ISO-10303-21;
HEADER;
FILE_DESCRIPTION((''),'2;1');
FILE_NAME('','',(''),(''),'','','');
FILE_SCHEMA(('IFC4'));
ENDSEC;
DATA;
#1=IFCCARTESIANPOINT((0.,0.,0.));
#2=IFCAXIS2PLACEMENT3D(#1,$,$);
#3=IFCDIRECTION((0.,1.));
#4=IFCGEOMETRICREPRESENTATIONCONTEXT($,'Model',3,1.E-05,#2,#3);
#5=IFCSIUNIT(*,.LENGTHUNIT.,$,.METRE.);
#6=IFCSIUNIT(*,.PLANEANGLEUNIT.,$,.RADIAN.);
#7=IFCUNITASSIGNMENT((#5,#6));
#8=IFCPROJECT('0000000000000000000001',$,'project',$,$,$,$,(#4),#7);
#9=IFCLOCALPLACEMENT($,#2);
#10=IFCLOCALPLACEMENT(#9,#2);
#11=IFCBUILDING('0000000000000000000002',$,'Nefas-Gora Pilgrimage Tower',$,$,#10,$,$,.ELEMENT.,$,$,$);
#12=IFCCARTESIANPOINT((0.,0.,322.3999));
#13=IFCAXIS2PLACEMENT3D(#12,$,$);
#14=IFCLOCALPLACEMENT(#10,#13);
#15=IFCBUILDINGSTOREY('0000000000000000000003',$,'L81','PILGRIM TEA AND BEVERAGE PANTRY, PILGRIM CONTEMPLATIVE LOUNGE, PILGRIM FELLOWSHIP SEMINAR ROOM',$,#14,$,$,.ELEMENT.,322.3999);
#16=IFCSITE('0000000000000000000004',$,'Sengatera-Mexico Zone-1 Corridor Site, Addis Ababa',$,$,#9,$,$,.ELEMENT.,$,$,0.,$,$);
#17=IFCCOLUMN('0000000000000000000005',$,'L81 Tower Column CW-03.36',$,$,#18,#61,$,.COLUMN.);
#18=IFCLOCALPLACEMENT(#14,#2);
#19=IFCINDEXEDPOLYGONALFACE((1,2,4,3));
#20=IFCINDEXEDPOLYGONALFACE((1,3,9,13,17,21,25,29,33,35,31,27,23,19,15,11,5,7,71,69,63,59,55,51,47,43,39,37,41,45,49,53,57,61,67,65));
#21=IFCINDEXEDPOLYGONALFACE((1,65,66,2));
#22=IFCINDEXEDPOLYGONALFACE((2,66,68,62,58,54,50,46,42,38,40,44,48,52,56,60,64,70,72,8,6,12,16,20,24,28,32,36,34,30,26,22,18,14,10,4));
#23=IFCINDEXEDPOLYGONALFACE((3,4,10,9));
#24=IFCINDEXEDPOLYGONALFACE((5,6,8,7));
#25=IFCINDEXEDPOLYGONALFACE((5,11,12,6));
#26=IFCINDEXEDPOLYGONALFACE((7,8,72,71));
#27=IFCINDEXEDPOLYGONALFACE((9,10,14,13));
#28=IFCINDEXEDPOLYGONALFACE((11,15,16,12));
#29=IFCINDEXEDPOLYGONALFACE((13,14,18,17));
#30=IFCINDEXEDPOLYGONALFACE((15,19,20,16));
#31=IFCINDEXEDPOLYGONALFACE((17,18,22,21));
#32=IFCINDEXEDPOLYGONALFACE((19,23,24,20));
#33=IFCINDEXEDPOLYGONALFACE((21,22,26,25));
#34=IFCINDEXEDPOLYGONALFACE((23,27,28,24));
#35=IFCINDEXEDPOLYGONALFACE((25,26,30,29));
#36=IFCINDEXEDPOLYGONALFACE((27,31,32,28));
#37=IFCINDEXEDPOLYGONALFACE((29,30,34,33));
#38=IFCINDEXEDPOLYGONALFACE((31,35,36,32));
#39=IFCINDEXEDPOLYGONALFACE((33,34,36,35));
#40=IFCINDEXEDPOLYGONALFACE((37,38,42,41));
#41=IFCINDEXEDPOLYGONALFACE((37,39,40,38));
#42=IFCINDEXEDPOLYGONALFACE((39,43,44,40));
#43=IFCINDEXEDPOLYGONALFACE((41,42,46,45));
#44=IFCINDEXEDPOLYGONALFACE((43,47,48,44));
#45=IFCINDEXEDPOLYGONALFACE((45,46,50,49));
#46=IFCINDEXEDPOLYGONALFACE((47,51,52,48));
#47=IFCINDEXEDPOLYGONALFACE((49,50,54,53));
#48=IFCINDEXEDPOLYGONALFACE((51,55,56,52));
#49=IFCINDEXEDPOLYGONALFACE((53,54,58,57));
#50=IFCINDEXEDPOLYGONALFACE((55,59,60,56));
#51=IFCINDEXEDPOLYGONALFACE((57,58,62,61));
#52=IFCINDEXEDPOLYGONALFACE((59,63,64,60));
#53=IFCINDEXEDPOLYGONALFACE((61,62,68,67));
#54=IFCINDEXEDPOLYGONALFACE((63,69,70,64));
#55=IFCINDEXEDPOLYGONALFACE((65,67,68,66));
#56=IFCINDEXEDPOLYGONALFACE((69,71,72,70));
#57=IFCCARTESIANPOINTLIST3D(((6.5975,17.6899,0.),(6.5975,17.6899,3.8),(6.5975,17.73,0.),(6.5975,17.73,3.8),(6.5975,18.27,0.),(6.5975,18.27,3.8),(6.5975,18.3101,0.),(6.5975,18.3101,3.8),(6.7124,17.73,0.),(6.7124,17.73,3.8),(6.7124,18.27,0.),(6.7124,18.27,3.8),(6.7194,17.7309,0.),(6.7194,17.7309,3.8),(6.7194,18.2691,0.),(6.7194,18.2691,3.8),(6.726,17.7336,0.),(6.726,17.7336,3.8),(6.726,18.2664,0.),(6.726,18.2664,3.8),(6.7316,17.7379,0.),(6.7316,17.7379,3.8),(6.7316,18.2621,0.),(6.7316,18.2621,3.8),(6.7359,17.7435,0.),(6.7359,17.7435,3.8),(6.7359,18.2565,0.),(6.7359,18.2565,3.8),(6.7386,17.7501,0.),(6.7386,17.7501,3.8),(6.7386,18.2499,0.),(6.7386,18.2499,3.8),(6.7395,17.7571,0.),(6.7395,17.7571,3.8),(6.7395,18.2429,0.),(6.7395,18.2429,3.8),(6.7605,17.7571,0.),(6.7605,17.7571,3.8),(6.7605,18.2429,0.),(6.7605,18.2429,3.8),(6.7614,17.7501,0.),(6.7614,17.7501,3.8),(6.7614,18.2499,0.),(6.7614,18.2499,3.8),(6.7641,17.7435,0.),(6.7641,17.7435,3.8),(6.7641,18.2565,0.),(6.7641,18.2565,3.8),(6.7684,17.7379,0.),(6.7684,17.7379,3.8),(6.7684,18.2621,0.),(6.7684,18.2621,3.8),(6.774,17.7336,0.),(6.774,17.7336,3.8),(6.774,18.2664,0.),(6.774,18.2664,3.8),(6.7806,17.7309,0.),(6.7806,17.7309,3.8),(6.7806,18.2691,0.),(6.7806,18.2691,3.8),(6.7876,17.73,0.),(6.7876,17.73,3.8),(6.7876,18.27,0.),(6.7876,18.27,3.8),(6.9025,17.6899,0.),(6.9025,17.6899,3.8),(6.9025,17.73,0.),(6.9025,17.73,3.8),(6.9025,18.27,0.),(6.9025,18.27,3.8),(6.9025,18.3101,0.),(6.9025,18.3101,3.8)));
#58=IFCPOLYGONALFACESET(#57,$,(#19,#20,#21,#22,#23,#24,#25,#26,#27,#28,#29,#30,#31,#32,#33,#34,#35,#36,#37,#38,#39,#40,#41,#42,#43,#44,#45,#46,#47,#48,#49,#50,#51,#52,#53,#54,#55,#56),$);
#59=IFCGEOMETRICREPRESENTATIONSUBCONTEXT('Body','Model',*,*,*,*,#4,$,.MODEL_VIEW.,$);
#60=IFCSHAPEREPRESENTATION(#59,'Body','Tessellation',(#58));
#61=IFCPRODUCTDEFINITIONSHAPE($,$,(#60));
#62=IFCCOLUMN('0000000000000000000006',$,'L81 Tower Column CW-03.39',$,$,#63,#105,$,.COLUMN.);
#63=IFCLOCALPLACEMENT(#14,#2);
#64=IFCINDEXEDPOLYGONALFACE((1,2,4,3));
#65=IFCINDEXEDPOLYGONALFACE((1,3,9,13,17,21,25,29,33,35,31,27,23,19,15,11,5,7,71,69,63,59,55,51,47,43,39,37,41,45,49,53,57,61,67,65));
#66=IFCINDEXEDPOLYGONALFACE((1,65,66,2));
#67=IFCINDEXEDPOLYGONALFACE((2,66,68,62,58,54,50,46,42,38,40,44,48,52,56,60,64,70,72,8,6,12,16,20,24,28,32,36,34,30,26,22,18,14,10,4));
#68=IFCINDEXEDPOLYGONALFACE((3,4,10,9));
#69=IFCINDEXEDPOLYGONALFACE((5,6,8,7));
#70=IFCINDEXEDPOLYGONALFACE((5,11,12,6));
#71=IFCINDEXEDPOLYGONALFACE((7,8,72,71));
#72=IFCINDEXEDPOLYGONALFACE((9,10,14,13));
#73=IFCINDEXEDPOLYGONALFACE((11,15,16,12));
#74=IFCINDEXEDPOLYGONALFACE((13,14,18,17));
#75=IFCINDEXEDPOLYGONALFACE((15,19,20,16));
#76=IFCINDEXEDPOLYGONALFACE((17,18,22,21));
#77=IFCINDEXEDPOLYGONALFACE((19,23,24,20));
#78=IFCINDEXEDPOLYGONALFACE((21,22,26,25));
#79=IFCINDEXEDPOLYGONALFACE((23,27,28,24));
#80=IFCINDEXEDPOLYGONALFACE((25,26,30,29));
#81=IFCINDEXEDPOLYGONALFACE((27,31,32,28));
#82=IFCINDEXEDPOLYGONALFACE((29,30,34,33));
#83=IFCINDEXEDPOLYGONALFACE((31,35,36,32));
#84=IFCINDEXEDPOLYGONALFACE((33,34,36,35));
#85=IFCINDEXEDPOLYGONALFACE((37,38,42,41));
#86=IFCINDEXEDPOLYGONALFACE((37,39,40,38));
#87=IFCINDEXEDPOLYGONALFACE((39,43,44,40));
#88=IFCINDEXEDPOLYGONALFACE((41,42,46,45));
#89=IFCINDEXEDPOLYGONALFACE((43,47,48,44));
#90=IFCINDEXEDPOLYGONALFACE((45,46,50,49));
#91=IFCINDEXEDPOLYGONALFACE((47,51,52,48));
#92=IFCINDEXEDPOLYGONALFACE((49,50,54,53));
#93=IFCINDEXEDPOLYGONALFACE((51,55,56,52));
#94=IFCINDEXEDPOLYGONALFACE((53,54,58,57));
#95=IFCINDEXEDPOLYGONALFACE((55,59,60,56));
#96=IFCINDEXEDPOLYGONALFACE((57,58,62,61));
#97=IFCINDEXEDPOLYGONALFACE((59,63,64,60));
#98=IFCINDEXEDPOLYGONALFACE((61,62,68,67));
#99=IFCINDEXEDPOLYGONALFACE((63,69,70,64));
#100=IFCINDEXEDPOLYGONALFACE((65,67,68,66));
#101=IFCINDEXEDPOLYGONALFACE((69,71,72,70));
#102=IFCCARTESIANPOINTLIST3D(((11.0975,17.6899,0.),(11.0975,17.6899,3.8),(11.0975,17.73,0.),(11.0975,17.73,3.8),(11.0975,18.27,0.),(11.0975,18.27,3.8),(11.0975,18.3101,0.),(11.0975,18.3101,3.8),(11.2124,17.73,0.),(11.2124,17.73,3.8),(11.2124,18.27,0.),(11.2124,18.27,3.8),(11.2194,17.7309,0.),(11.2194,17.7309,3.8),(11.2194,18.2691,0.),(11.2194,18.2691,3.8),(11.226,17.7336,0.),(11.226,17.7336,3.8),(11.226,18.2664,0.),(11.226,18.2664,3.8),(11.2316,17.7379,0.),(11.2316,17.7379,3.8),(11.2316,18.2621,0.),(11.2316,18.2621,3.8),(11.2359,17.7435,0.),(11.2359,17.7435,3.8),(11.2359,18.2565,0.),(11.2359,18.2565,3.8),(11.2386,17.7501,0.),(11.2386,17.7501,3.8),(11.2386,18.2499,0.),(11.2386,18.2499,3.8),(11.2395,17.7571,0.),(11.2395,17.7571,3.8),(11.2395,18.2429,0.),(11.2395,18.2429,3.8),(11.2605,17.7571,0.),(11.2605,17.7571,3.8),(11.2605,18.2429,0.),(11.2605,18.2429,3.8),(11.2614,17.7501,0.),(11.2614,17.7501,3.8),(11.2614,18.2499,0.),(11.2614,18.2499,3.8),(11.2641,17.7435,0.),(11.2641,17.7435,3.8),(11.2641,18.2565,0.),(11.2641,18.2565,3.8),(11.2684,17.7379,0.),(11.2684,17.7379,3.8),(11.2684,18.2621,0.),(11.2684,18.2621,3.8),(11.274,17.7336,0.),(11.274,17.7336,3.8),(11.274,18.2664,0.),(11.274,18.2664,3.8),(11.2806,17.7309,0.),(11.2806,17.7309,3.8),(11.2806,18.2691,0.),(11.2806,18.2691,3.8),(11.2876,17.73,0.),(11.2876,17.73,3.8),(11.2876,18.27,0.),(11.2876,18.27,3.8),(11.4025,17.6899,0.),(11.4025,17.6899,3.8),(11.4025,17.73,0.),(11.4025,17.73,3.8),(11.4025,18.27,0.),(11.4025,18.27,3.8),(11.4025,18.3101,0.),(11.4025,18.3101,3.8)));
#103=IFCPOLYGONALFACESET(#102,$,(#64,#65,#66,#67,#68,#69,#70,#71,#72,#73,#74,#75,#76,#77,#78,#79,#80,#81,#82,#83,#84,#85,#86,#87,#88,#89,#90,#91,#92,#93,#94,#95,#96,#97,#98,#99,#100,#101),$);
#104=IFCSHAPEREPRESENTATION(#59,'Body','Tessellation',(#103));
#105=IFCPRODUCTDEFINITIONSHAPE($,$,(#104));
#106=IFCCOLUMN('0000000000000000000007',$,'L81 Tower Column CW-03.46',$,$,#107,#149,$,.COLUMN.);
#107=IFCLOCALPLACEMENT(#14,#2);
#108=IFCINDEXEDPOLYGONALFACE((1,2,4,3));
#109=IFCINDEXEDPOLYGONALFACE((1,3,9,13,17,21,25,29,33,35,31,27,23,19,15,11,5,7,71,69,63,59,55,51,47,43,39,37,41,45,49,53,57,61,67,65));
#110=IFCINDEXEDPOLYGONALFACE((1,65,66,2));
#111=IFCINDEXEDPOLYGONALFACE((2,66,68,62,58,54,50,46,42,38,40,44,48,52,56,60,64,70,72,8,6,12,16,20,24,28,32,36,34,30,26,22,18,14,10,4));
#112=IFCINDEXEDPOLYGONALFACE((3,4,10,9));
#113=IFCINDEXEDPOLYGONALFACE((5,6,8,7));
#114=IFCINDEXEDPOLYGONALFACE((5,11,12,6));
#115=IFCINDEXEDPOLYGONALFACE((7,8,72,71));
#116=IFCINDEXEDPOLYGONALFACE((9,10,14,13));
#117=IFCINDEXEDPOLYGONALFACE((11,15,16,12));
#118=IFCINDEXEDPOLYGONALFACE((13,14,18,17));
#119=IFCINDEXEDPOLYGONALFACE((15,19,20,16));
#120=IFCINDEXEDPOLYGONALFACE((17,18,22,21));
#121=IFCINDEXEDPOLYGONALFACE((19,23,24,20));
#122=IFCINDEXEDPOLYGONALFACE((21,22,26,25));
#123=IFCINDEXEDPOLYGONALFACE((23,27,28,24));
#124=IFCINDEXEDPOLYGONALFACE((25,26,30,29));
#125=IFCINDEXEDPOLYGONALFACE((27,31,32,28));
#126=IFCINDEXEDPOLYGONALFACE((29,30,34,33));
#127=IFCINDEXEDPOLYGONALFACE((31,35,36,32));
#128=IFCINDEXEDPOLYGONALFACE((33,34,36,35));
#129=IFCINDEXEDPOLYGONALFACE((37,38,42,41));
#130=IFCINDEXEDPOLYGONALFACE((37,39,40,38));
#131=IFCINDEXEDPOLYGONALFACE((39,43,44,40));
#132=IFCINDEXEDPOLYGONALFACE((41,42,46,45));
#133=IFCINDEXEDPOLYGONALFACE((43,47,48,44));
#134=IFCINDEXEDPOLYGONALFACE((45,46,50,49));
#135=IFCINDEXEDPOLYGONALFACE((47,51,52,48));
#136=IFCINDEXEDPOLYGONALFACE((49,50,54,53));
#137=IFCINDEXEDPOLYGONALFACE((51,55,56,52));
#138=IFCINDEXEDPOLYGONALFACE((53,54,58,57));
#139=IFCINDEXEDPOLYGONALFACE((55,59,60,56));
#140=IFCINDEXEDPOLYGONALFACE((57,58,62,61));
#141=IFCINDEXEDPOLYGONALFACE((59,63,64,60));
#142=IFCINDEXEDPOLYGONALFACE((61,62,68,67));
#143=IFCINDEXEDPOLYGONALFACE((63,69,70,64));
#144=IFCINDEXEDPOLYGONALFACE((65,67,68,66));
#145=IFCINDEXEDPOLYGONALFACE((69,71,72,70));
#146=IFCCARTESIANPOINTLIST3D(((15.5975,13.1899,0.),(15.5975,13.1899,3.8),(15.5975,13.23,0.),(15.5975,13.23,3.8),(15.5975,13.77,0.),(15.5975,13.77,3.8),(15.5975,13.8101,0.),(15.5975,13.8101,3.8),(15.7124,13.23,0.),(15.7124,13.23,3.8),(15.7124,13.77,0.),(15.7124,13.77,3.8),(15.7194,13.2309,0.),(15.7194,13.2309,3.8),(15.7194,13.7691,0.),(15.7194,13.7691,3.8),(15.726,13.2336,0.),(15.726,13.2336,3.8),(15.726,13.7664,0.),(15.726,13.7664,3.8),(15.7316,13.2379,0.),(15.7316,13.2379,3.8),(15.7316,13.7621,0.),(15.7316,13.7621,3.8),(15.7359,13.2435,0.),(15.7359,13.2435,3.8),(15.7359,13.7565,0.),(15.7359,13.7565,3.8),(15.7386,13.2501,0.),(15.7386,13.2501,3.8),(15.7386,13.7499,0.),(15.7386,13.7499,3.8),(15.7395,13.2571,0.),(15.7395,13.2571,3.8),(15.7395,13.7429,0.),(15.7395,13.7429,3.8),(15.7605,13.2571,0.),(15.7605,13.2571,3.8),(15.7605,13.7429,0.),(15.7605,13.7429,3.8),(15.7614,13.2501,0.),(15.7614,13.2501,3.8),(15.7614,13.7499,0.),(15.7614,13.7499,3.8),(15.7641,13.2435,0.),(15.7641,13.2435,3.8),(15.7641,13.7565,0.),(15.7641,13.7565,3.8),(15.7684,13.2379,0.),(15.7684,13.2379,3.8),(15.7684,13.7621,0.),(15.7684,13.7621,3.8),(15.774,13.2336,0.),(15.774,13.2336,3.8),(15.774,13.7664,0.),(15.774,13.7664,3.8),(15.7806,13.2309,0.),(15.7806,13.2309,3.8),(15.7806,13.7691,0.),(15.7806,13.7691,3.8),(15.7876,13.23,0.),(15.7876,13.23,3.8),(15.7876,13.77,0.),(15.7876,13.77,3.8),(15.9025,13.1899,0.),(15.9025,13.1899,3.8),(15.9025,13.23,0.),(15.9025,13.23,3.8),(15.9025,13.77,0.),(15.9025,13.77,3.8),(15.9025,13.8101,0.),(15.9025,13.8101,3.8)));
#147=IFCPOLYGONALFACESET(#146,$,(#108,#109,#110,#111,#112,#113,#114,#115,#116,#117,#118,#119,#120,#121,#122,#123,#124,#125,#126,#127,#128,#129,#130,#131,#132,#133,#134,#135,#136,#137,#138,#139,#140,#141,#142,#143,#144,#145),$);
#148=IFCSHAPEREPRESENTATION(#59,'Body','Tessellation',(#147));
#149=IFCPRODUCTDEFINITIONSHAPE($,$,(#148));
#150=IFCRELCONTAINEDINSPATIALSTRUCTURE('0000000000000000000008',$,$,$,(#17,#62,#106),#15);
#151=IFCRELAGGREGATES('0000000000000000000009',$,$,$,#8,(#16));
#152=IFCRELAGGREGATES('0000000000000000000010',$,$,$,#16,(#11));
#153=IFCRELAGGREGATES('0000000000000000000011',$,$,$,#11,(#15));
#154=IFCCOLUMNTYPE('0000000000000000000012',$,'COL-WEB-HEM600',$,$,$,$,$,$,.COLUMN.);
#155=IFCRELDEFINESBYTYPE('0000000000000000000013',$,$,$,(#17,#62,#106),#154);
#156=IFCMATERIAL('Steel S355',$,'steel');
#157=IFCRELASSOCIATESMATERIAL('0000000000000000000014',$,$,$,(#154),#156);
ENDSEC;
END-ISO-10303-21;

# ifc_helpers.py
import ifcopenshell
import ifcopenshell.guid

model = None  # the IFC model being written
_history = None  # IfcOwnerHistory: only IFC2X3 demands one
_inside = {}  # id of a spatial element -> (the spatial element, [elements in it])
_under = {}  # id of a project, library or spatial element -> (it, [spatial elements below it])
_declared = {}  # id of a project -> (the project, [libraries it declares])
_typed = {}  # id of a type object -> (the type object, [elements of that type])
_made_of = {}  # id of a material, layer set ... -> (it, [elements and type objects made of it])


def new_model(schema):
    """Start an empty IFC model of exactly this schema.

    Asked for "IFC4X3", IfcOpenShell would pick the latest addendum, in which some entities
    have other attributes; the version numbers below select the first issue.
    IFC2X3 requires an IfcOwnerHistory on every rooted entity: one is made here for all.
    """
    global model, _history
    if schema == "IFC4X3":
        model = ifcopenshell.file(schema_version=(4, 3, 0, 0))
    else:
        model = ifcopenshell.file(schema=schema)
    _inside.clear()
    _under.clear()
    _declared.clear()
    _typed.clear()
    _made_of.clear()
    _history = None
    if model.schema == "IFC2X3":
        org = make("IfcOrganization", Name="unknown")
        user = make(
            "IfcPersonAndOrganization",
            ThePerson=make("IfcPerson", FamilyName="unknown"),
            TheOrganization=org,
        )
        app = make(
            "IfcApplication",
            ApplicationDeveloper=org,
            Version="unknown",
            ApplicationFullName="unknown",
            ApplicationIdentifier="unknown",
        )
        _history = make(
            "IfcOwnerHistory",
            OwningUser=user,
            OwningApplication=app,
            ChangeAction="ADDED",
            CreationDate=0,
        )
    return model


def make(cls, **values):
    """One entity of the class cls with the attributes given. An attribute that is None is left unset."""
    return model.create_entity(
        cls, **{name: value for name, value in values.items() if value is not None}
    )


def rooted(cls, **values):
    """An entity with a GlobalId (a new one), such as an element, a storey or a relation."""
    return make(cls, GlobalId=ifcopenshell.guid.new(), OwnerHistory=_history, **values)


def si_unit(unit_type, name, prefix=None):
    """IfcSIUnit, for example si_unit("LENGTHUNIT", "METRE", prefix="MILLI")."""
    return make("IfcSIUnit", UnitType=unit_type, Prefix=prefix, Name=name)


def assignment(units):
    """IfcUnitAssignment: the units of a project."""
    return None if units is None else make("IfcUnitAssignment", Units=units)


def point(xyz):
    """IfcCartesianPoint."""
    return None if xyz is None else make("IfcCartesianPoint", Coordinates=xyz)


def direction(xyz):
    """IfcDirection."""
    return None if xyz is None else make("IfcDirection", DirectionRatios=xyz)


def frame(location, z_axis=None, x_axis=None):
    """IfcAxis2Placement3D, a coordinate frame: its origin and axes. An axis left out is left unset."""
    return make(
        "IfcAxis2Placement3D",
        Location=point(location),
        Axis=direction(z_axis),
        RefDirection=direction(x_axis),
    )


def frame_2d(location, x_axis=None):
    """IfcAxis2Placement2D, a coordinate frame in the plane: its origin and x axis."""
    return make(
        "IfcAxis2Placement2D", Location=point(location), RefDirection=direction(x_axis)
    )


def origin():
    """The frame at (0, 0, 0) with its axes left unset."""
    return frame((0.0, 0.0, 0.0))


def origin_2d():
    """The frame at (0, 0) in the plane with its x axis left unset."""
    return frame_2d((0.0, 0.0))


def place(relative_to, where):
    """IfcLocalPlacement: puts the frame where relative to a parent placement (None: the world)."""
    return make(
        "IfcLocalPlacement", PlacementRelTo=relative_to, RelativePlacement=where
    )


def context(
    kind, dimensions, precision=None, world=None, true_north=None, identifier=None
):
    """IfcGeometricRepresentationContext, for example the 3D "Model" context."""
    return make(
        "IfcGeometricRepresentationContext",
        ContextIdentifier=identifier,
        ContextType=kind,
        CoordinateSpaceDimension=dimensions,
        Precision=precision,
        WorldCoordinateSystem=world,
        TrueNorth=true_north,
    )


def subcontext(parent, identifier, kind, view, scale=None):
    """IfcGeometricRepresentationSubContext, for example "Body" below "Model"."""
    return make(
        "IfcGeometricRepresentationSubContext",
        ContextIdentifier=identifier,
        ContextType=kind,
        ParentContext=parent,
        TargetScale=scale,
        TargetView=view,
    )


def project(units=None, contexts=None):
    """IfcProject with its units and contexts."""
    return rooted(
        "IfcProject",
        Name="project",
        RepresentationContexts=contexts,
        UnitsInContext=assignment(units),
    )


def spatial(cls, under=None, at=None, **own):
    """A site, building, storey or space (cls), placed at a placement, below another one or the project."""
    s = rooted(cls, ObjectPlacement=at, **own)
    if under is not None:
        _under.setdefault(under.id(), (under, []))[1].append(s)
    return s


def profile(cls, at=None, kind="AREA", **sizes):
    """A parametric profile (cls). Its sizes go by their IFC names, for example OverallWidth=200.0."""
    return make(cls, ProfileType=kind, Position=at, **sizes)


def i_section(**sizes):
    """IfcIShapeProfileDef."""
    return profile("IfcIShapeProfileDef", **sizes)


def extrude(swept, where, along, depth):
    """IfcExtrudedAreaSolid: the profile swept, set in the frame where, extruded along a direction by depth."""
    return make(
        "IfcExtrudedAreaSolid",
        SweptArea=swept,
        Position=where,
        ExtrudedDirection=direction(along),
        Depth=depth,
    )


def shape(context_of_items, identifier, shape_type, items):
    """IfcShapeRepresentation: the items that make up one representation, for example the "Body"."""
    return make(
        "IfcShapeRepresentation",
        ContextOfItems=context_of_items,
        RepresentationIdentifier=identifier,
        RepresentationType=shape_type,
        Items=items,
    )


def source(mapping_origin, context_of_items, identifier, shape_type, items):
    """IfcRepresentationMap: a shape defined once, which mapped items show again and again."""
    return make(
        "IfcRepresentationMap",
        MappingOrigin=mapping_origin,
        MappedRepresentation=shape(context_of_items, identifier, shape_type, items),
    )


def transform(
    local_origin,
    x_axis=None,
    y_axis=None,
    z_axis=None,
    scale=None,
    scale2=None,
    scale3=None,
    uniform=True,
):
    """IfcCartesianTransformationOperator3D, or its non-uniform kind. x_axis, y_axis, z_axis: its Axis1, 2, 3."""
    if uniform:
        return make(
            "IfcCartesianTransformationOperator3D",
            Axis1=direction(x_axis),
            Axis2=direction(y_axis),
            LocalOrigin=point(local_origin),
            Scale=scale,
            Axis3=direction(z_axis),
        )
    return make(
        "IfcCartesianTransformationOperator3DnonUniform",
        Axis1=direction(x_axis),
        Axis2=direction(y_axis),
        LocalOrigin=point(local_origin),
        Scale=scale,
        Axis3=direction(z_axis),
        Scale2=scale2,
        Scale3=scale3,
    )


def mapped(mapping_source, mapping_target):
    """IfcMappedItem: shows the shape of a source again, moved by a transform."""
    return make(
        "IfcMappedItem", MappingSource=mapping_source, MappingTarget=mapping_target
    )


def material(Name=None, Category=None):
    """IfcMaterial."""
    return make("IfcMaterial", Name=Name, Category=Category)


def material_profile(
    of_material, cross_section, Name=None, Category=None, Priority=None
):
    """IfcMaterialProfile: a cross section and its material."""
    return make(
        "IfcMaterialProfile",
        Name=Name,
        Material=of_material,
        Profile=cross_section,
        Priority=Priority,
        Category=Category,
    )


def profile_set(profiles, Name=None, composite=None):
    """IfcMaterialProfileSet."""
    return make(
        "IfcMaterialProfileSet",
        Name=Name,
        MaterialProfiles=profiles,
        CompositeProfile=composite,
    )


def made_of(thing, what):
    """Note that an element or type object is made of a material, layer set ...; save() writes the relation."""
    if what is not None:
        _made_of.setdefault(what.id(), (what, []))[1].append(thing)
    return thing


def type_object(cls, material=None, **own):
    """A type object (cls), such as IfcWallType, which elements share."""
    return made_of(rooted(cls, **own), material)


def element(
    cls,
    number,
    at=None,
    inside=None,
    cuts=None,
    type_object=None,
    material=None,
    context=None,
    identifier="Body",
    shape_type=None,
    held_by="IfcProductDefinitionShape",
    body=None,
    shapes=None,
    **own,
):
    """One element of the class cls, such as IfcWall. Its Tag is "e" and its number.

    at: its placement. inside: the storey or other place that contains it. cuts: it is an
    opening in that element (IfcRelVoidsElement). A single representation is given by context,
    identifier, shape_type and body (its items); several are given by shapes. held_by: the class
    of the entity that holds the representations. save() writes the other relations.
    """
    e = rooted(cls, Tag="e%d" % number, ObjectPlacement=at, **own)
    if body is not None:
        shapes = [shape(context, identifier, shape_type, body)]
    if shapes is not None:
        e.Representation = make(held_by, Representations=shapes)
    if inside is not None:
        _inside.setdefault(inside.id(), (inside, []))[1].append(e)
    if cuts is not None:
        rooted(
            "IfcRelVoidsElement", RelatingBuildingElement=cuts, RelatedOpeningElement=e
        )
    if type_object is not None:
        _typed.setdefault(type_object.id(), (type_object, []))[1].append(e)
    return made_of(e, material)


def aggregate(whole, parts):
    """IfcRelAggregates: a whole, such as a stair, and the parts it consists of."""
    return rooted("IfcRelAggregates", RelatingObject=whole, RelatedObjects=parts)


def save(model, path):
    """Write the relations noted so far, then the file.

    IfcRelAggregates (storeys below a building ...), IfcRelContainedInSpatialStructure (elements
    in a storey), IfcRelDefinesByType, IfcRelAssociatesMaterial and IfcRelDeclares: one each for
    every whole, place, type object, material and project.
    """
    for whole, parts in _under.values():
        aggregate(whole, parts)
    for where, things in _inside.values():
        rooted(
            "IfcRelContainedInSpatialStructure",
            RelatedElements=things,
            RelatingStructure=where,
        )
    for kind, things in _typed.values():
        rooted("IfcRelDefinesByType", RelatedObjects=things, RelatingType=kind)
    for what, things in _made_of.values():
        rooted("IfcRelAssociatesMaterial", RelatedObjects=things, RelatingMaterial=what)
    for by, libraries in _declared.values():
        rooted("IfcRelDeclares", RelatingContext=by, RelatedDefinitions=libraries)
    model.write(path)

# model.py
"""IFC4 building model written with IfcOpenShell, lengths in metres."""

from ifc_helpers import new_model, si_unit, direction, frame, origin, origin_2d, place, context, subcontext, project, spatial, i_section, extrude, source, transform, mapped, material, material_profile, profile_set, type_object, element, save


model = new_model("IFC4")

# Units and contexts
model_context = context("Model", 3, precision=1e-05, world=origin(), true_north=direction((0.0, 1.0)))
body_context = subcontext(model_context, "Body", "Model", "MODEL_VIEW")
ifc_project = project(units=[si_unit("LENGTHUNIT", "METRE"), si_unit("PLANEANGLEUNIT", "RADIAN")], contexts=[model_context])

# Site, building, storey
site_placement = place(None, origin())
site = spatial("IfcSite", under=ifc_project, at=site_placement, Name="Sengatera-Mexico Zone-1 Corridor Site, Addis Ababa", CompositionType="ELEMENT", RefElevation=0.0)
building_placement = place(site_placement, origin())
building = spatial("IfcBuilding", under=site, at=building_placement, Name="Nefas-Gora Pilgrimage Tower", CompositionType="ELEMENT")
storey_placement = place(building_placement, frame((0.0, 0.0, 322.3999)))
storey = spatial("IfcBuildingStorey", under=building, at=storey_placement, Name="L81", Description="PILGRIM TEA AND BEVERAGE PANTRY, PILGRIM CONTEMPLATIVE LOUNGE, PILGRIM FELLOWSHIP SEMINAR ROOM", CompositionType="ELEMENT", Elevation=322.3999)

# Columns
ifc_material_1 = material(Name="Steel S355", Category="steel")
ifc_material_profile_1 = material_profile(ifc_material_1, i_section(OverallWidth=0.3049, OverallDepth=0.6201, WebThickness=0.021, FlangeThickness=0.04, FilletRadius=0.0271, at=origin_2d()), Name="HEM 600")
ifc_profile_set_1 = profile_set([ifc_material_profile_1], Name="Steel S355")
column_type_1 = type_object("IfcColumnType", Name="COL-WEB-HEM600", PredefinedType="COLUMN", material=ifc_profile_set_1)
shared_shape_1 = source(origin(), body_context, "Body", "SweptSolid", [
    extrude(i_section(OverallWidth=0.3049, OverallDepth=0.6201, WebThickness=0.021, FlangeThickness=0.04, FilletRadius=0.0271, at=origin_2d()), origin(), (0.0, 0.0, 1.0), 3.8),
])
for number, where, z_axis, x_axis, name in (
    (1, (6.75, 18.0, 0.0), (0.0, 0.0, 1.0), (1.0, 0.0, 0.0), "L81 Tower Column CW-03.36"),
    (2, (11.25, 18.0, 0.0), (0.0, 0.0, 1.0), (1.0, 0.0, 0.0), "L81 Tower Column CW-03.39"),
    (3, (15.75, 13.5, 0.0), (0.0, 0.0, 1.0), (1.0, 0.0, 0.0), "L81 Tower Column CW-03.46"),
):
    element("IfcColumn", number, at=place(storey_placement, frame(where, z_axis=z_axis, x_axis=x_axis)), inside=storey, type_object=column_type_1, Name=name, PredefinedType="COLUMN", context=body_context, shape_type="MappedRepresentation", body=[
        mapped(shared_shape_1, transform((0.0, 0.0, 0.0), x_axis=(1.0, 0.0, 0.0), y_axis=(0.0, 1.0, 0.0), z_axis=(0.0, 0.0, 1.0), scale=1.0)),
    ])

save(model, "model.ifc")
